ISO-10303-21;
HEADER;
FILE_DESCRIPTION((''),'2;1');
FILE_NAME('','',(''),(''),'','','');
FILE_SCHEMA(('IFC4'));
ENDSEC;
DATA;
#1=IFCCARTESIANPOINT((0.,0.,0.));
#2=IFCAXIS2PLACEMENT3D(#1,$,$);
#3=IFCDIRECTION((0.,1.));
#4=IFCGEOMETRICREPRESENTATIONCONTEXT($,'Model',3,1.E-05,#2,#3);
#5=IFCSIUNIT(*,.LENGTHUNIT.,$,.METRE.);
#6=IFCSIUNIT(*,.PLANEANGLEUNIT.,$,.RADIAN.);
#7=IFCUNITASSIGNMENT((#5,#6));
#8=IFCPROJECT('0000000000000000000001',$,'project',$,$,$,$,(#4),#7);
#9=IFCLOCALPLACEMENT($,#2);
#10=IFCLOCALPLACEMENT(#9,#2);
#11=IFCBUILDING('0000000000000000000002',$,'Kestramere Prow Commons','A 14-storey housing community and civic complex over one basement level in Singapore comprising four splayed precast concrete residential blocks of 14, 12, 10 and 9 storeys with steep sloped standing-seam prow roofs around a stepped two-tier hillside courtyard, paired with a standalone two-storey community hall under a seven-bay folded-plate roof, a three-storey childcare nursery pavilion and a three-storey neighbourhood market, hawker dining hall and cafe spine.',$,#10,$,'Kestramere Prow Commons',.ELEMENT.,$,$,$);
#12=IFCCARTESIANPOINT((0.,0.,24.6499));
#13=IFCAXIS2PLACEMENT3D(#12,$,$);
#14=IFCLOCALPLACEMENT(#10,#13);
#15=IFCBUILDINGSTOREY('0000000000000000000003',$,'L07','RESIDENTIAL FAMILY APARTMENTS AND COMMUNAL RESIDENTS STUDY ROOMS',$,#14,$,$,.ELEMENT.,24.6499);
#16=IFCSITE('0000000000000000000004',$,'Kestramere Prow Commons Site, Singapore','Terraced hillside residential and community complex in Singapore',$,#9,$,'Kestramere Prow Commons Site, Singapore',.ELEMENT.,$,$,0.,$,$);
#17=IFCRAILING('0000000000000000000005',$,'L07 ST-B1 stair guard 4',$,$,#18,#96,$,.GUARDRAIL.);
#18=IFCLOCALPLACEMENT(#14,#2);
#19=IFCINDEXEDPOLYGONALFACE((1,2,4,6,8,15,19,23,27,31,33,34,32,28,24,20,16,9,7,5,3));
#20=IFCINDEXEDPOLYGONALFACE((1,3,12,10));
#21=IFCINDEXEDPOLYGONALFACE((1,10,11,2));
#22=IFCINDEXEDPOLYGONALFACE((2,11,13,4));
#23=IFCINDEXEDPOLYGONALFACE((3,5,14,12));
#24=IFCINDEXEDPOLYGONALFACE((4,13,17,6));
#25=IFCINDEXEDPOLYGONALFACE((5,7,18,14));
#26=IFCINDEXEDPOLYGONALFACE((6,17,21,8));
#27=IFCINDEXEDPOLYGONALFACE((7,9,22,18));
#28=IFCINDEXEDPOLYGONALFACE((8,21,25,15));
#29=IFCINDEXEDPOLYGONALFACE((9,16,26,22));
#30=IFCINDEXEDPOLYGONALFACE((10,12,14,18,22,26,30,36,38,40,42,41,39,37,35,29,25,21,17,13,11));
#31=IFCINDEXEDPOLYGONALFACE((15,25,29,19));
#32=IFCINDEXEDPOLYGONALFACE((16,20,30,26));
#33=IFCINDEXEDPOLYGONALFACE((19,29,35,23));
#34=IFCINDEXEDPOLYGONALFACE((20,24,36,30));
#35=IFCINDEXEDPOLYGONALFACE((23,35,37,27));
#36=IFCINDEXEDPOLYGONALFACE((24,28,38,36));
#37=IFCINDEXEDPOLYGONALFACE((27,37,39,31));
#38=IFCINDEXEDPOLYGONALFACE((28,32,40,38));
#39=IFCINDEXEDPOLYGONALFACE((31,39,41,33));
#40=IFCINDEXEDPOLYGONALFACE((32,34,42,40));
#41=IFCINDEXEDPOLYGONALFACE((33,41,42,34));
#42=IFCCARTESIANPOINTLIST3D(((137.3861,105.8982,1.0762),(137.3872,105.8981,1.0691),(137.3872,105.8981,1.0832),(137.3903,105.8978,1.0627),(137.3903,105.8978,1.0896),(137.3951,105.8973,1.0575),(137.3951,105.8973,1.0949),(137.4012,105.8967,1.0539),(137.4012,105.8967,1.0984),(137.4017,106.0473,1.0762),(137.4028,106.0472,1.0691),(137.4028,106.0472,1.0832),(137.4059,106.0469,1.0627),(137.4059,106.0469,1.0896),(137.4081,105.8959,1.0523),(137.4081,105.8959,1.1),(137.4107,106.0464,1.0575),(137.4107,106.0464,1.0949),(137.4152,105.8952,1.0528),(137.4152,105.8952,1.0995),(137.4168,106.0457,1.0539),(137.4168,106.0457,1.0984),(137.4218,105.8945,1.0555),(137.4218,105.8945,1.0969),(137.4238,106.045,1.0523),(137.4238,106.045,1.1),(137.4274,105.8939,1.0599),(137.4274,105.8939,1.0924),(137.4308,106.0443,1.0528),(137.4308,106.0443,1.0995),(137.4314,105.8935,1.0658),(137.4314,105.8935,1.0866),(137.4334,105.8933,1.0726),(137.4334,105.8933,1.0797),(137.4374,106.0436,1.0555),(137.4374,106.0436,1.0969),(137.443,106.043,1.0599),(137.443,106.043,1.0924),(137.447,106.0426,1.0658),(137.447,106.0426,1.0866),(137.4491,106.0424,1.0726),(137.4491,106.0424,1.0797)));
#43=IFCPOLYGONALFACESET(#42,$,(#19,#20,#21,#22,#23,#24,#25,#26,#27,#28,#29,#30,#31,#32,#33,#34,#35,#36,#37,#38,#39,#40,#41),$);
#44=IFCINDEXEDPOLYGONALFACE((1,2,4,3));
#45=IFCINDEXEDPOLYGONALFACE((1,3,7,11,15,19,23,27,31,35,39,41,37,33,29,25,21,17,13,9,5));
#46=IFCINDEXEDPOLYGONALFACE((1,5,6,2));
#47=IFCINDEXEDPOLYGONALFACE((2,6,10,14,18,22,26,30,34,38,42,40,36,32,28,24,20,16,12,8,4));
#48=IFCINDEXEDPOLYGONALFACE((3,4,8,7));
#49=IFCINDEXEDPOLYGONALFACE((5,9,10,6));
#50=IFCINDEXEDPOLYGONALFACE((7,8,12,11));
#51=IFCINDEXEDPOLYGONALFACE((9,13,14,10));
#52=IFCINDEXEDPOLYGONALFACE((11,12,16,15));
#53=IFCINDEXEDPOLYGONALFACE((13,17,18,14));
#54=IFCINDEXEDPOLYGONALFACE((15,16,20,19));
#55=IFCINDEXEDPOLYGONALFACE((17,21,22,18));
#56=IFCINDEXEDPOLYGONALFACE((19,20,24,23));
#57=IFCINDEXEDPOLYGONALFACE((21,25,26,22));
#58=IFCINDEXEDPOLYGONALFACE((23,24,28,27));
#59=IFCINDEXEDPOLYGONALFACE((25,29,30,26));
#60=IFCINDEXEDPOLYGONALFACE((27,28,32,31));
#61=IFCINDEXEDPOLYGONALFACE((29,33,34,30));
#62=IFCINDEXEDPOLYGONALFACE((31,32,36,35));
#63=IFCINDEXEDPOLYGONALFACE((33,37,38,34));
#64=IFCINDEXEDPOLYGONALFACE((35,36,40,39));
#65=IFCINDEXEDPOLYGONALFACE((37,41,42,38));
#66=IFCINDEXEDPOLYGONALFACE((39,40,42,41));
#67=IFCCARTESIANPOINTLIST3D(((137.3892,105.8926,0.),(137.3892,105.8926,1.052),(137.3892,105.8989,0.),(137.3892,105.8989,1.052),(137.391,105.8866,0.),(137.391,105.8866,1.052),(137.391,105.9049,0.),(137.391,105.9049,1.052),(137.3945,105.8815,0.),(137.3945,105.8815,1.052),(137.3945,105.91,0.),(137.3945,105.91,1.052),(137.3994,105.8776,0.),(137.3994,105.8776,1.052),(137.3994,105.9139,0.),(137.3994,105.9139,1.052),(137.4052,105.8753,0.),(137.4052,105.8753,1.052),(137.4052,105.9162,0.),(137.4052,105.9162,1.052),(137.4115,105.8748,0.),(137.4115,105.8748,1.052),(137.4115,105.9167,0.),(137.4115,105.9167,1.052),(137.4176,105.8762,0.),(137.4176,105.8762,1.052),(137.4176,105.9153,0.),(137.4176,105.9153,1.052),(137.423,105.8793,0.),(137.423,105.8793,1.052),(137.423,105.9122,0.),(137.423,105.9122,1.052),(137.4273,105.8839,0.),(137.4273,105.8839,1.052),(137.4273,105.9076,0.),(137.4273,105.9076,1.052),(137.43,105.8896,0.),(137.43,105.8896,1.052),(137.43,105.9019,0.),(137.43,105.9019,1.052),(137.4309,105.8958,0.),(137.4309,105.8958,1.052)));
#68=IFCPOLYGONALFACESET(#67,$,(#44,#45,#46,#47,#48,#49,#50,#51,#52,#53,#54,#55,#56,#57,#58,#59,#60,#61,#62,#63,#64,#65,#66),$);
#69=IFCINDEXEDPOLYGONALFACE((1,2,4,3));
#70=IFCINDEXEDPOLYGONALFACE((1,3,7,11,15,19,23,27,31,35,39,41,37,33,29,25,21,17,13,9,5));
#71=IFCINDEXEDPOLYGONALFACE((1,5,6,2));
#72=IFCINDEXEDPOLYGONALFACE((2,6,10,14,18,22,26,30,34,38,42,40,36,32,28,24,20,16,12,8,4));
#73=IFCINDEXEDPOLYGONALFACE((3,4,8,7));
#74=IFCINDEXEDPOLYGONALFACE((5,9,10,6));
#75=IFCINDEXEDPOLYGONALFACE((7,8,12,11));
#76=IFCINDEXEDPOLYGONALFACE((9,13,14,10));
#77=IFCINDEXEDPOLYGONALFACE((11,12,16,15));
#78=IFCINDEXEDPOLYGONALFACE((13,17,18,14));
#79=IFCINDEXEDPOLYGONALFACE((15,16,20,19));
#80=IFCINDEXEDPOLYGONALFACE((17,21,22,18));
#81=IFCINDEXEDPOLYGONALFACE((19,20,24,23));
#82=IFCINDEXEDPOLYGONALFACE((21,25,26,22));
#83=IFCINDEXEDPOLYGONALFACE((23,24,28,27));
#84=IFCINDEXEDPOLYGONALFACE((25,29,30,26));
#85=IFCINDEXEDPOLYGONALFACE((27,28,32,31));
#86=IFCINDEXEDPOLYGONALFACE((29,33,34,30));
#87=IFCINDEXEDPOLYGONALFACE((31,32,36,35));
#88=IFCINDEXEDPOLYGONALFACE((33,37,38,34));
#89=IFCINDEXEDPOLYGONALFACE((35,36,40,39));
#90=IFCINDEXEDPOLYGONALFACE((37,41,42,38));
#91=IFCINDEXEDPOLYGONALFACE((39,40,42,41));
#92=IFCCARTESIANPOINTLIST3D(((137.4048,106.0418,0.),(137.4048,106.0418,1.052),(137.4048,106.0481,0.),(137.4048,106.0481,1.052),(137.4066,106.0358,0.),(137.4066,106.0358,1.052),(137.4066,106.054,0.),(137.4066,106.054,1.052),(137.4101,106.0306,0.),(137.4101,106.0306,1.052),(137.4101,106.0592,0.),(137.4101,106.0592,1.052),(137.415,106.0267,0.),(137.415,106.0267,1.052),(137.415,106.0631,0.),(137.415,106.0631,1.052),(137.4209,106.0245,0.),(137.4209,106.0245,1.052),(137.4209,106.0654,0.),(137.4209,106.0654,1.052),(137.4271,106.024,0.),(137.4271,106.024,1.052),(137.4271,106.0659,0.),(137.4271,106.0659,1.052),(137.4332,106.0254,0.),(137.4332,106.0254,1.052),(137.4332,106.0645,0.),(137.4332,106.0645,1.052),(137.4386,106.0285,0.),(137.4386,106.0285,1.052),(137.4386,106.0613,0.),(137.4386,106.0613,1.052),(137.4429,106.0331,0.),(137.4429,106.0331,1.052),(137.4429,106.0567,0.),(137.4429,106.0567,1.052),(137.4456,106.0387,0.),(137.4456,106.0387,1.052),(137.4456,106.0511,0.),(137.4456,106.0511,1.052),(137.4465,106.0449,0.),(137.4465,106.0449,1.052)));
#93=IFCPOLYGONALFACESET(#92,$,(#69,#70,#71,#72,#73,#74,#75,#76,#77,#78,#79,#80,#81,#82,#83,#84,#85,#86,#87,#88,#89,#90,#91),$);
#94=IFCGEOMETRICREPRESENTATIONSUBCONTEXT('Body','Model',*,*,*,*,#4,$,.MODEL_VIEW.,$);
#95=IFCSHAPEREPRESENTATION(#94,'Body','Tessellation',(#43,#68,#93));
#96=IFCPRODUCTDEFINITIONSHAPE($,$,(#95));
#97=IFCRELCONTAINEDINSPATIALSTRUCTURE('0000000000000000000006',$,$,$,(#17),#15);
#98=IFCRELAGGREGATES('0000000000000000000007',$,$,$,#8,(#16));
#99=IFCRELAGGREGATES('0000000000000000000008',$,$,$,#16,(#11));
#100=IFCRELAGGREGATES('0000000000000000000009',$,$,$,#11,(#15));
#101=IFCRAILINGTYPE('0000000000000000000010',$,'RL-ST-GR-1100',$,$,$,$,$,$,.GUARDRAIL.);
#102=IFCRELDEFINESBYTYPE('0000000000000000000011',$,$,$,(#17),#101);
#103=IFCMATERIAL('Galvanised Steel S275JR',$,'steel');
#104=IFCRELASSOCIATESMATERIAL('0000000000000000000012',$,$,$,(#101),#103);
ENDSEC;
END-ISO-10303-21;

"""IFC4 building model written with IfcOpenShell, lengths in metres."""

from ifc_helpers import new_model, si_unit, direction, frame, origin, origin_2d, place, context, subcontext, project, spatial, circle, extrude, material, type_object, element, save


model = new_model("IFC4")

# Units and contexts
model_context = context("Model", 3, precision=1e-05, world=origin(), true_north=direction((0.0, 1.0)))
body_context = subcontext(model_context, "Body", "Model", "MODEL_VIEW")
ifc_project = project(units=[si_unit("LENGTHUNIT", "METRE"), si_unit("PLANEANGLEUNIT", "RADIAN")], contexts=[model_context])

# Site, building, storey
site_placement = place(None, origin())
site = spatial("IfcSite", under=ifc_project, at=site_placement, Name="Kestramere Prow Commons Site, Singapore", Description="Terraced hillside residential and community complex in Singapore", LongName="Kestramere Prow Commons Site, Singapore", CompositionType="ELEMENT", RefElevation=0.0)
building_placement = place(site_placement, origin())
building = spatial("IfcBuilding", under=site, at=building_placement, Name="Kestramere Prow Commons", Description="A 14-storey housing community and civic complex over one basement level in Singapore comprising four splayed precast concrete residential blocks of 14, 12, 10 and 9 storeys with steep sloped standing-seam prow roofs around a stepped two-tier hillside courtyard, paired with a standalone two-storey community hall under a seven-bay folded-plate roof, a three-storey childcare nursery pavilion and a three-storey neighbourhood market, hawker dining hall and cafe spine.", LongName="Kestramere Prow Commons", CompositionType="ELEMENT")
storey_placement = place(building_placement, frame((0.0, 0.0, 24.6499)))
storey = spatial("IfcBuildingStorey", under=building, at=storey_placement, Name="L07", Description="RESIDENTIAL FAMILY APARTMENTS AND COMMUNAL RESIDENTS STUDY ROOMS", CompositionType="ELEMENT", Elevation=24.6499)

# Railing
ifc_material_1 = material(Name="Galvanised Steel S275JR", Category="steel")
railing_type_1 = type_object("IfcRailingType", Name="RL-ST-GR-1100", PredefinedType="GUARDRAIL", material=ifc_material_1)
railing_1_placement = place(storey_placement, frame((137.4099, 105.8958, 0.0)))
element("IfcRailing", 1, at=railing_1_placement, inside=storey, type_object=railing_type_1, Name="L07 ST-B1 stair guard 4", PredefinedType="GUARDRAIL", context=body_context, shape_type="SweptSolid", body=[
    extrude(circle(Radius=0.0239, at=origin_2d()), frame((0.0, 0.0, 1.0762), z_axis=(0.104176, 0.994559, 0.0), x_axis=(-0.994559, 0.104176, 0.0)), (0.0, 0.0, 1.0), 0.1499),
    extrude(circle(Radius=0.021, at=origin_2d()), origin(), (0.0, 0.0, 1.0), 1.052),
    extrude(circle(Radius=0.021, at=origin_2d()), frame((0.0156, 0.1492, 0.0)), (0.0, 0.0, 1.0), 1.052),
])

save(model, "model.ifc")
